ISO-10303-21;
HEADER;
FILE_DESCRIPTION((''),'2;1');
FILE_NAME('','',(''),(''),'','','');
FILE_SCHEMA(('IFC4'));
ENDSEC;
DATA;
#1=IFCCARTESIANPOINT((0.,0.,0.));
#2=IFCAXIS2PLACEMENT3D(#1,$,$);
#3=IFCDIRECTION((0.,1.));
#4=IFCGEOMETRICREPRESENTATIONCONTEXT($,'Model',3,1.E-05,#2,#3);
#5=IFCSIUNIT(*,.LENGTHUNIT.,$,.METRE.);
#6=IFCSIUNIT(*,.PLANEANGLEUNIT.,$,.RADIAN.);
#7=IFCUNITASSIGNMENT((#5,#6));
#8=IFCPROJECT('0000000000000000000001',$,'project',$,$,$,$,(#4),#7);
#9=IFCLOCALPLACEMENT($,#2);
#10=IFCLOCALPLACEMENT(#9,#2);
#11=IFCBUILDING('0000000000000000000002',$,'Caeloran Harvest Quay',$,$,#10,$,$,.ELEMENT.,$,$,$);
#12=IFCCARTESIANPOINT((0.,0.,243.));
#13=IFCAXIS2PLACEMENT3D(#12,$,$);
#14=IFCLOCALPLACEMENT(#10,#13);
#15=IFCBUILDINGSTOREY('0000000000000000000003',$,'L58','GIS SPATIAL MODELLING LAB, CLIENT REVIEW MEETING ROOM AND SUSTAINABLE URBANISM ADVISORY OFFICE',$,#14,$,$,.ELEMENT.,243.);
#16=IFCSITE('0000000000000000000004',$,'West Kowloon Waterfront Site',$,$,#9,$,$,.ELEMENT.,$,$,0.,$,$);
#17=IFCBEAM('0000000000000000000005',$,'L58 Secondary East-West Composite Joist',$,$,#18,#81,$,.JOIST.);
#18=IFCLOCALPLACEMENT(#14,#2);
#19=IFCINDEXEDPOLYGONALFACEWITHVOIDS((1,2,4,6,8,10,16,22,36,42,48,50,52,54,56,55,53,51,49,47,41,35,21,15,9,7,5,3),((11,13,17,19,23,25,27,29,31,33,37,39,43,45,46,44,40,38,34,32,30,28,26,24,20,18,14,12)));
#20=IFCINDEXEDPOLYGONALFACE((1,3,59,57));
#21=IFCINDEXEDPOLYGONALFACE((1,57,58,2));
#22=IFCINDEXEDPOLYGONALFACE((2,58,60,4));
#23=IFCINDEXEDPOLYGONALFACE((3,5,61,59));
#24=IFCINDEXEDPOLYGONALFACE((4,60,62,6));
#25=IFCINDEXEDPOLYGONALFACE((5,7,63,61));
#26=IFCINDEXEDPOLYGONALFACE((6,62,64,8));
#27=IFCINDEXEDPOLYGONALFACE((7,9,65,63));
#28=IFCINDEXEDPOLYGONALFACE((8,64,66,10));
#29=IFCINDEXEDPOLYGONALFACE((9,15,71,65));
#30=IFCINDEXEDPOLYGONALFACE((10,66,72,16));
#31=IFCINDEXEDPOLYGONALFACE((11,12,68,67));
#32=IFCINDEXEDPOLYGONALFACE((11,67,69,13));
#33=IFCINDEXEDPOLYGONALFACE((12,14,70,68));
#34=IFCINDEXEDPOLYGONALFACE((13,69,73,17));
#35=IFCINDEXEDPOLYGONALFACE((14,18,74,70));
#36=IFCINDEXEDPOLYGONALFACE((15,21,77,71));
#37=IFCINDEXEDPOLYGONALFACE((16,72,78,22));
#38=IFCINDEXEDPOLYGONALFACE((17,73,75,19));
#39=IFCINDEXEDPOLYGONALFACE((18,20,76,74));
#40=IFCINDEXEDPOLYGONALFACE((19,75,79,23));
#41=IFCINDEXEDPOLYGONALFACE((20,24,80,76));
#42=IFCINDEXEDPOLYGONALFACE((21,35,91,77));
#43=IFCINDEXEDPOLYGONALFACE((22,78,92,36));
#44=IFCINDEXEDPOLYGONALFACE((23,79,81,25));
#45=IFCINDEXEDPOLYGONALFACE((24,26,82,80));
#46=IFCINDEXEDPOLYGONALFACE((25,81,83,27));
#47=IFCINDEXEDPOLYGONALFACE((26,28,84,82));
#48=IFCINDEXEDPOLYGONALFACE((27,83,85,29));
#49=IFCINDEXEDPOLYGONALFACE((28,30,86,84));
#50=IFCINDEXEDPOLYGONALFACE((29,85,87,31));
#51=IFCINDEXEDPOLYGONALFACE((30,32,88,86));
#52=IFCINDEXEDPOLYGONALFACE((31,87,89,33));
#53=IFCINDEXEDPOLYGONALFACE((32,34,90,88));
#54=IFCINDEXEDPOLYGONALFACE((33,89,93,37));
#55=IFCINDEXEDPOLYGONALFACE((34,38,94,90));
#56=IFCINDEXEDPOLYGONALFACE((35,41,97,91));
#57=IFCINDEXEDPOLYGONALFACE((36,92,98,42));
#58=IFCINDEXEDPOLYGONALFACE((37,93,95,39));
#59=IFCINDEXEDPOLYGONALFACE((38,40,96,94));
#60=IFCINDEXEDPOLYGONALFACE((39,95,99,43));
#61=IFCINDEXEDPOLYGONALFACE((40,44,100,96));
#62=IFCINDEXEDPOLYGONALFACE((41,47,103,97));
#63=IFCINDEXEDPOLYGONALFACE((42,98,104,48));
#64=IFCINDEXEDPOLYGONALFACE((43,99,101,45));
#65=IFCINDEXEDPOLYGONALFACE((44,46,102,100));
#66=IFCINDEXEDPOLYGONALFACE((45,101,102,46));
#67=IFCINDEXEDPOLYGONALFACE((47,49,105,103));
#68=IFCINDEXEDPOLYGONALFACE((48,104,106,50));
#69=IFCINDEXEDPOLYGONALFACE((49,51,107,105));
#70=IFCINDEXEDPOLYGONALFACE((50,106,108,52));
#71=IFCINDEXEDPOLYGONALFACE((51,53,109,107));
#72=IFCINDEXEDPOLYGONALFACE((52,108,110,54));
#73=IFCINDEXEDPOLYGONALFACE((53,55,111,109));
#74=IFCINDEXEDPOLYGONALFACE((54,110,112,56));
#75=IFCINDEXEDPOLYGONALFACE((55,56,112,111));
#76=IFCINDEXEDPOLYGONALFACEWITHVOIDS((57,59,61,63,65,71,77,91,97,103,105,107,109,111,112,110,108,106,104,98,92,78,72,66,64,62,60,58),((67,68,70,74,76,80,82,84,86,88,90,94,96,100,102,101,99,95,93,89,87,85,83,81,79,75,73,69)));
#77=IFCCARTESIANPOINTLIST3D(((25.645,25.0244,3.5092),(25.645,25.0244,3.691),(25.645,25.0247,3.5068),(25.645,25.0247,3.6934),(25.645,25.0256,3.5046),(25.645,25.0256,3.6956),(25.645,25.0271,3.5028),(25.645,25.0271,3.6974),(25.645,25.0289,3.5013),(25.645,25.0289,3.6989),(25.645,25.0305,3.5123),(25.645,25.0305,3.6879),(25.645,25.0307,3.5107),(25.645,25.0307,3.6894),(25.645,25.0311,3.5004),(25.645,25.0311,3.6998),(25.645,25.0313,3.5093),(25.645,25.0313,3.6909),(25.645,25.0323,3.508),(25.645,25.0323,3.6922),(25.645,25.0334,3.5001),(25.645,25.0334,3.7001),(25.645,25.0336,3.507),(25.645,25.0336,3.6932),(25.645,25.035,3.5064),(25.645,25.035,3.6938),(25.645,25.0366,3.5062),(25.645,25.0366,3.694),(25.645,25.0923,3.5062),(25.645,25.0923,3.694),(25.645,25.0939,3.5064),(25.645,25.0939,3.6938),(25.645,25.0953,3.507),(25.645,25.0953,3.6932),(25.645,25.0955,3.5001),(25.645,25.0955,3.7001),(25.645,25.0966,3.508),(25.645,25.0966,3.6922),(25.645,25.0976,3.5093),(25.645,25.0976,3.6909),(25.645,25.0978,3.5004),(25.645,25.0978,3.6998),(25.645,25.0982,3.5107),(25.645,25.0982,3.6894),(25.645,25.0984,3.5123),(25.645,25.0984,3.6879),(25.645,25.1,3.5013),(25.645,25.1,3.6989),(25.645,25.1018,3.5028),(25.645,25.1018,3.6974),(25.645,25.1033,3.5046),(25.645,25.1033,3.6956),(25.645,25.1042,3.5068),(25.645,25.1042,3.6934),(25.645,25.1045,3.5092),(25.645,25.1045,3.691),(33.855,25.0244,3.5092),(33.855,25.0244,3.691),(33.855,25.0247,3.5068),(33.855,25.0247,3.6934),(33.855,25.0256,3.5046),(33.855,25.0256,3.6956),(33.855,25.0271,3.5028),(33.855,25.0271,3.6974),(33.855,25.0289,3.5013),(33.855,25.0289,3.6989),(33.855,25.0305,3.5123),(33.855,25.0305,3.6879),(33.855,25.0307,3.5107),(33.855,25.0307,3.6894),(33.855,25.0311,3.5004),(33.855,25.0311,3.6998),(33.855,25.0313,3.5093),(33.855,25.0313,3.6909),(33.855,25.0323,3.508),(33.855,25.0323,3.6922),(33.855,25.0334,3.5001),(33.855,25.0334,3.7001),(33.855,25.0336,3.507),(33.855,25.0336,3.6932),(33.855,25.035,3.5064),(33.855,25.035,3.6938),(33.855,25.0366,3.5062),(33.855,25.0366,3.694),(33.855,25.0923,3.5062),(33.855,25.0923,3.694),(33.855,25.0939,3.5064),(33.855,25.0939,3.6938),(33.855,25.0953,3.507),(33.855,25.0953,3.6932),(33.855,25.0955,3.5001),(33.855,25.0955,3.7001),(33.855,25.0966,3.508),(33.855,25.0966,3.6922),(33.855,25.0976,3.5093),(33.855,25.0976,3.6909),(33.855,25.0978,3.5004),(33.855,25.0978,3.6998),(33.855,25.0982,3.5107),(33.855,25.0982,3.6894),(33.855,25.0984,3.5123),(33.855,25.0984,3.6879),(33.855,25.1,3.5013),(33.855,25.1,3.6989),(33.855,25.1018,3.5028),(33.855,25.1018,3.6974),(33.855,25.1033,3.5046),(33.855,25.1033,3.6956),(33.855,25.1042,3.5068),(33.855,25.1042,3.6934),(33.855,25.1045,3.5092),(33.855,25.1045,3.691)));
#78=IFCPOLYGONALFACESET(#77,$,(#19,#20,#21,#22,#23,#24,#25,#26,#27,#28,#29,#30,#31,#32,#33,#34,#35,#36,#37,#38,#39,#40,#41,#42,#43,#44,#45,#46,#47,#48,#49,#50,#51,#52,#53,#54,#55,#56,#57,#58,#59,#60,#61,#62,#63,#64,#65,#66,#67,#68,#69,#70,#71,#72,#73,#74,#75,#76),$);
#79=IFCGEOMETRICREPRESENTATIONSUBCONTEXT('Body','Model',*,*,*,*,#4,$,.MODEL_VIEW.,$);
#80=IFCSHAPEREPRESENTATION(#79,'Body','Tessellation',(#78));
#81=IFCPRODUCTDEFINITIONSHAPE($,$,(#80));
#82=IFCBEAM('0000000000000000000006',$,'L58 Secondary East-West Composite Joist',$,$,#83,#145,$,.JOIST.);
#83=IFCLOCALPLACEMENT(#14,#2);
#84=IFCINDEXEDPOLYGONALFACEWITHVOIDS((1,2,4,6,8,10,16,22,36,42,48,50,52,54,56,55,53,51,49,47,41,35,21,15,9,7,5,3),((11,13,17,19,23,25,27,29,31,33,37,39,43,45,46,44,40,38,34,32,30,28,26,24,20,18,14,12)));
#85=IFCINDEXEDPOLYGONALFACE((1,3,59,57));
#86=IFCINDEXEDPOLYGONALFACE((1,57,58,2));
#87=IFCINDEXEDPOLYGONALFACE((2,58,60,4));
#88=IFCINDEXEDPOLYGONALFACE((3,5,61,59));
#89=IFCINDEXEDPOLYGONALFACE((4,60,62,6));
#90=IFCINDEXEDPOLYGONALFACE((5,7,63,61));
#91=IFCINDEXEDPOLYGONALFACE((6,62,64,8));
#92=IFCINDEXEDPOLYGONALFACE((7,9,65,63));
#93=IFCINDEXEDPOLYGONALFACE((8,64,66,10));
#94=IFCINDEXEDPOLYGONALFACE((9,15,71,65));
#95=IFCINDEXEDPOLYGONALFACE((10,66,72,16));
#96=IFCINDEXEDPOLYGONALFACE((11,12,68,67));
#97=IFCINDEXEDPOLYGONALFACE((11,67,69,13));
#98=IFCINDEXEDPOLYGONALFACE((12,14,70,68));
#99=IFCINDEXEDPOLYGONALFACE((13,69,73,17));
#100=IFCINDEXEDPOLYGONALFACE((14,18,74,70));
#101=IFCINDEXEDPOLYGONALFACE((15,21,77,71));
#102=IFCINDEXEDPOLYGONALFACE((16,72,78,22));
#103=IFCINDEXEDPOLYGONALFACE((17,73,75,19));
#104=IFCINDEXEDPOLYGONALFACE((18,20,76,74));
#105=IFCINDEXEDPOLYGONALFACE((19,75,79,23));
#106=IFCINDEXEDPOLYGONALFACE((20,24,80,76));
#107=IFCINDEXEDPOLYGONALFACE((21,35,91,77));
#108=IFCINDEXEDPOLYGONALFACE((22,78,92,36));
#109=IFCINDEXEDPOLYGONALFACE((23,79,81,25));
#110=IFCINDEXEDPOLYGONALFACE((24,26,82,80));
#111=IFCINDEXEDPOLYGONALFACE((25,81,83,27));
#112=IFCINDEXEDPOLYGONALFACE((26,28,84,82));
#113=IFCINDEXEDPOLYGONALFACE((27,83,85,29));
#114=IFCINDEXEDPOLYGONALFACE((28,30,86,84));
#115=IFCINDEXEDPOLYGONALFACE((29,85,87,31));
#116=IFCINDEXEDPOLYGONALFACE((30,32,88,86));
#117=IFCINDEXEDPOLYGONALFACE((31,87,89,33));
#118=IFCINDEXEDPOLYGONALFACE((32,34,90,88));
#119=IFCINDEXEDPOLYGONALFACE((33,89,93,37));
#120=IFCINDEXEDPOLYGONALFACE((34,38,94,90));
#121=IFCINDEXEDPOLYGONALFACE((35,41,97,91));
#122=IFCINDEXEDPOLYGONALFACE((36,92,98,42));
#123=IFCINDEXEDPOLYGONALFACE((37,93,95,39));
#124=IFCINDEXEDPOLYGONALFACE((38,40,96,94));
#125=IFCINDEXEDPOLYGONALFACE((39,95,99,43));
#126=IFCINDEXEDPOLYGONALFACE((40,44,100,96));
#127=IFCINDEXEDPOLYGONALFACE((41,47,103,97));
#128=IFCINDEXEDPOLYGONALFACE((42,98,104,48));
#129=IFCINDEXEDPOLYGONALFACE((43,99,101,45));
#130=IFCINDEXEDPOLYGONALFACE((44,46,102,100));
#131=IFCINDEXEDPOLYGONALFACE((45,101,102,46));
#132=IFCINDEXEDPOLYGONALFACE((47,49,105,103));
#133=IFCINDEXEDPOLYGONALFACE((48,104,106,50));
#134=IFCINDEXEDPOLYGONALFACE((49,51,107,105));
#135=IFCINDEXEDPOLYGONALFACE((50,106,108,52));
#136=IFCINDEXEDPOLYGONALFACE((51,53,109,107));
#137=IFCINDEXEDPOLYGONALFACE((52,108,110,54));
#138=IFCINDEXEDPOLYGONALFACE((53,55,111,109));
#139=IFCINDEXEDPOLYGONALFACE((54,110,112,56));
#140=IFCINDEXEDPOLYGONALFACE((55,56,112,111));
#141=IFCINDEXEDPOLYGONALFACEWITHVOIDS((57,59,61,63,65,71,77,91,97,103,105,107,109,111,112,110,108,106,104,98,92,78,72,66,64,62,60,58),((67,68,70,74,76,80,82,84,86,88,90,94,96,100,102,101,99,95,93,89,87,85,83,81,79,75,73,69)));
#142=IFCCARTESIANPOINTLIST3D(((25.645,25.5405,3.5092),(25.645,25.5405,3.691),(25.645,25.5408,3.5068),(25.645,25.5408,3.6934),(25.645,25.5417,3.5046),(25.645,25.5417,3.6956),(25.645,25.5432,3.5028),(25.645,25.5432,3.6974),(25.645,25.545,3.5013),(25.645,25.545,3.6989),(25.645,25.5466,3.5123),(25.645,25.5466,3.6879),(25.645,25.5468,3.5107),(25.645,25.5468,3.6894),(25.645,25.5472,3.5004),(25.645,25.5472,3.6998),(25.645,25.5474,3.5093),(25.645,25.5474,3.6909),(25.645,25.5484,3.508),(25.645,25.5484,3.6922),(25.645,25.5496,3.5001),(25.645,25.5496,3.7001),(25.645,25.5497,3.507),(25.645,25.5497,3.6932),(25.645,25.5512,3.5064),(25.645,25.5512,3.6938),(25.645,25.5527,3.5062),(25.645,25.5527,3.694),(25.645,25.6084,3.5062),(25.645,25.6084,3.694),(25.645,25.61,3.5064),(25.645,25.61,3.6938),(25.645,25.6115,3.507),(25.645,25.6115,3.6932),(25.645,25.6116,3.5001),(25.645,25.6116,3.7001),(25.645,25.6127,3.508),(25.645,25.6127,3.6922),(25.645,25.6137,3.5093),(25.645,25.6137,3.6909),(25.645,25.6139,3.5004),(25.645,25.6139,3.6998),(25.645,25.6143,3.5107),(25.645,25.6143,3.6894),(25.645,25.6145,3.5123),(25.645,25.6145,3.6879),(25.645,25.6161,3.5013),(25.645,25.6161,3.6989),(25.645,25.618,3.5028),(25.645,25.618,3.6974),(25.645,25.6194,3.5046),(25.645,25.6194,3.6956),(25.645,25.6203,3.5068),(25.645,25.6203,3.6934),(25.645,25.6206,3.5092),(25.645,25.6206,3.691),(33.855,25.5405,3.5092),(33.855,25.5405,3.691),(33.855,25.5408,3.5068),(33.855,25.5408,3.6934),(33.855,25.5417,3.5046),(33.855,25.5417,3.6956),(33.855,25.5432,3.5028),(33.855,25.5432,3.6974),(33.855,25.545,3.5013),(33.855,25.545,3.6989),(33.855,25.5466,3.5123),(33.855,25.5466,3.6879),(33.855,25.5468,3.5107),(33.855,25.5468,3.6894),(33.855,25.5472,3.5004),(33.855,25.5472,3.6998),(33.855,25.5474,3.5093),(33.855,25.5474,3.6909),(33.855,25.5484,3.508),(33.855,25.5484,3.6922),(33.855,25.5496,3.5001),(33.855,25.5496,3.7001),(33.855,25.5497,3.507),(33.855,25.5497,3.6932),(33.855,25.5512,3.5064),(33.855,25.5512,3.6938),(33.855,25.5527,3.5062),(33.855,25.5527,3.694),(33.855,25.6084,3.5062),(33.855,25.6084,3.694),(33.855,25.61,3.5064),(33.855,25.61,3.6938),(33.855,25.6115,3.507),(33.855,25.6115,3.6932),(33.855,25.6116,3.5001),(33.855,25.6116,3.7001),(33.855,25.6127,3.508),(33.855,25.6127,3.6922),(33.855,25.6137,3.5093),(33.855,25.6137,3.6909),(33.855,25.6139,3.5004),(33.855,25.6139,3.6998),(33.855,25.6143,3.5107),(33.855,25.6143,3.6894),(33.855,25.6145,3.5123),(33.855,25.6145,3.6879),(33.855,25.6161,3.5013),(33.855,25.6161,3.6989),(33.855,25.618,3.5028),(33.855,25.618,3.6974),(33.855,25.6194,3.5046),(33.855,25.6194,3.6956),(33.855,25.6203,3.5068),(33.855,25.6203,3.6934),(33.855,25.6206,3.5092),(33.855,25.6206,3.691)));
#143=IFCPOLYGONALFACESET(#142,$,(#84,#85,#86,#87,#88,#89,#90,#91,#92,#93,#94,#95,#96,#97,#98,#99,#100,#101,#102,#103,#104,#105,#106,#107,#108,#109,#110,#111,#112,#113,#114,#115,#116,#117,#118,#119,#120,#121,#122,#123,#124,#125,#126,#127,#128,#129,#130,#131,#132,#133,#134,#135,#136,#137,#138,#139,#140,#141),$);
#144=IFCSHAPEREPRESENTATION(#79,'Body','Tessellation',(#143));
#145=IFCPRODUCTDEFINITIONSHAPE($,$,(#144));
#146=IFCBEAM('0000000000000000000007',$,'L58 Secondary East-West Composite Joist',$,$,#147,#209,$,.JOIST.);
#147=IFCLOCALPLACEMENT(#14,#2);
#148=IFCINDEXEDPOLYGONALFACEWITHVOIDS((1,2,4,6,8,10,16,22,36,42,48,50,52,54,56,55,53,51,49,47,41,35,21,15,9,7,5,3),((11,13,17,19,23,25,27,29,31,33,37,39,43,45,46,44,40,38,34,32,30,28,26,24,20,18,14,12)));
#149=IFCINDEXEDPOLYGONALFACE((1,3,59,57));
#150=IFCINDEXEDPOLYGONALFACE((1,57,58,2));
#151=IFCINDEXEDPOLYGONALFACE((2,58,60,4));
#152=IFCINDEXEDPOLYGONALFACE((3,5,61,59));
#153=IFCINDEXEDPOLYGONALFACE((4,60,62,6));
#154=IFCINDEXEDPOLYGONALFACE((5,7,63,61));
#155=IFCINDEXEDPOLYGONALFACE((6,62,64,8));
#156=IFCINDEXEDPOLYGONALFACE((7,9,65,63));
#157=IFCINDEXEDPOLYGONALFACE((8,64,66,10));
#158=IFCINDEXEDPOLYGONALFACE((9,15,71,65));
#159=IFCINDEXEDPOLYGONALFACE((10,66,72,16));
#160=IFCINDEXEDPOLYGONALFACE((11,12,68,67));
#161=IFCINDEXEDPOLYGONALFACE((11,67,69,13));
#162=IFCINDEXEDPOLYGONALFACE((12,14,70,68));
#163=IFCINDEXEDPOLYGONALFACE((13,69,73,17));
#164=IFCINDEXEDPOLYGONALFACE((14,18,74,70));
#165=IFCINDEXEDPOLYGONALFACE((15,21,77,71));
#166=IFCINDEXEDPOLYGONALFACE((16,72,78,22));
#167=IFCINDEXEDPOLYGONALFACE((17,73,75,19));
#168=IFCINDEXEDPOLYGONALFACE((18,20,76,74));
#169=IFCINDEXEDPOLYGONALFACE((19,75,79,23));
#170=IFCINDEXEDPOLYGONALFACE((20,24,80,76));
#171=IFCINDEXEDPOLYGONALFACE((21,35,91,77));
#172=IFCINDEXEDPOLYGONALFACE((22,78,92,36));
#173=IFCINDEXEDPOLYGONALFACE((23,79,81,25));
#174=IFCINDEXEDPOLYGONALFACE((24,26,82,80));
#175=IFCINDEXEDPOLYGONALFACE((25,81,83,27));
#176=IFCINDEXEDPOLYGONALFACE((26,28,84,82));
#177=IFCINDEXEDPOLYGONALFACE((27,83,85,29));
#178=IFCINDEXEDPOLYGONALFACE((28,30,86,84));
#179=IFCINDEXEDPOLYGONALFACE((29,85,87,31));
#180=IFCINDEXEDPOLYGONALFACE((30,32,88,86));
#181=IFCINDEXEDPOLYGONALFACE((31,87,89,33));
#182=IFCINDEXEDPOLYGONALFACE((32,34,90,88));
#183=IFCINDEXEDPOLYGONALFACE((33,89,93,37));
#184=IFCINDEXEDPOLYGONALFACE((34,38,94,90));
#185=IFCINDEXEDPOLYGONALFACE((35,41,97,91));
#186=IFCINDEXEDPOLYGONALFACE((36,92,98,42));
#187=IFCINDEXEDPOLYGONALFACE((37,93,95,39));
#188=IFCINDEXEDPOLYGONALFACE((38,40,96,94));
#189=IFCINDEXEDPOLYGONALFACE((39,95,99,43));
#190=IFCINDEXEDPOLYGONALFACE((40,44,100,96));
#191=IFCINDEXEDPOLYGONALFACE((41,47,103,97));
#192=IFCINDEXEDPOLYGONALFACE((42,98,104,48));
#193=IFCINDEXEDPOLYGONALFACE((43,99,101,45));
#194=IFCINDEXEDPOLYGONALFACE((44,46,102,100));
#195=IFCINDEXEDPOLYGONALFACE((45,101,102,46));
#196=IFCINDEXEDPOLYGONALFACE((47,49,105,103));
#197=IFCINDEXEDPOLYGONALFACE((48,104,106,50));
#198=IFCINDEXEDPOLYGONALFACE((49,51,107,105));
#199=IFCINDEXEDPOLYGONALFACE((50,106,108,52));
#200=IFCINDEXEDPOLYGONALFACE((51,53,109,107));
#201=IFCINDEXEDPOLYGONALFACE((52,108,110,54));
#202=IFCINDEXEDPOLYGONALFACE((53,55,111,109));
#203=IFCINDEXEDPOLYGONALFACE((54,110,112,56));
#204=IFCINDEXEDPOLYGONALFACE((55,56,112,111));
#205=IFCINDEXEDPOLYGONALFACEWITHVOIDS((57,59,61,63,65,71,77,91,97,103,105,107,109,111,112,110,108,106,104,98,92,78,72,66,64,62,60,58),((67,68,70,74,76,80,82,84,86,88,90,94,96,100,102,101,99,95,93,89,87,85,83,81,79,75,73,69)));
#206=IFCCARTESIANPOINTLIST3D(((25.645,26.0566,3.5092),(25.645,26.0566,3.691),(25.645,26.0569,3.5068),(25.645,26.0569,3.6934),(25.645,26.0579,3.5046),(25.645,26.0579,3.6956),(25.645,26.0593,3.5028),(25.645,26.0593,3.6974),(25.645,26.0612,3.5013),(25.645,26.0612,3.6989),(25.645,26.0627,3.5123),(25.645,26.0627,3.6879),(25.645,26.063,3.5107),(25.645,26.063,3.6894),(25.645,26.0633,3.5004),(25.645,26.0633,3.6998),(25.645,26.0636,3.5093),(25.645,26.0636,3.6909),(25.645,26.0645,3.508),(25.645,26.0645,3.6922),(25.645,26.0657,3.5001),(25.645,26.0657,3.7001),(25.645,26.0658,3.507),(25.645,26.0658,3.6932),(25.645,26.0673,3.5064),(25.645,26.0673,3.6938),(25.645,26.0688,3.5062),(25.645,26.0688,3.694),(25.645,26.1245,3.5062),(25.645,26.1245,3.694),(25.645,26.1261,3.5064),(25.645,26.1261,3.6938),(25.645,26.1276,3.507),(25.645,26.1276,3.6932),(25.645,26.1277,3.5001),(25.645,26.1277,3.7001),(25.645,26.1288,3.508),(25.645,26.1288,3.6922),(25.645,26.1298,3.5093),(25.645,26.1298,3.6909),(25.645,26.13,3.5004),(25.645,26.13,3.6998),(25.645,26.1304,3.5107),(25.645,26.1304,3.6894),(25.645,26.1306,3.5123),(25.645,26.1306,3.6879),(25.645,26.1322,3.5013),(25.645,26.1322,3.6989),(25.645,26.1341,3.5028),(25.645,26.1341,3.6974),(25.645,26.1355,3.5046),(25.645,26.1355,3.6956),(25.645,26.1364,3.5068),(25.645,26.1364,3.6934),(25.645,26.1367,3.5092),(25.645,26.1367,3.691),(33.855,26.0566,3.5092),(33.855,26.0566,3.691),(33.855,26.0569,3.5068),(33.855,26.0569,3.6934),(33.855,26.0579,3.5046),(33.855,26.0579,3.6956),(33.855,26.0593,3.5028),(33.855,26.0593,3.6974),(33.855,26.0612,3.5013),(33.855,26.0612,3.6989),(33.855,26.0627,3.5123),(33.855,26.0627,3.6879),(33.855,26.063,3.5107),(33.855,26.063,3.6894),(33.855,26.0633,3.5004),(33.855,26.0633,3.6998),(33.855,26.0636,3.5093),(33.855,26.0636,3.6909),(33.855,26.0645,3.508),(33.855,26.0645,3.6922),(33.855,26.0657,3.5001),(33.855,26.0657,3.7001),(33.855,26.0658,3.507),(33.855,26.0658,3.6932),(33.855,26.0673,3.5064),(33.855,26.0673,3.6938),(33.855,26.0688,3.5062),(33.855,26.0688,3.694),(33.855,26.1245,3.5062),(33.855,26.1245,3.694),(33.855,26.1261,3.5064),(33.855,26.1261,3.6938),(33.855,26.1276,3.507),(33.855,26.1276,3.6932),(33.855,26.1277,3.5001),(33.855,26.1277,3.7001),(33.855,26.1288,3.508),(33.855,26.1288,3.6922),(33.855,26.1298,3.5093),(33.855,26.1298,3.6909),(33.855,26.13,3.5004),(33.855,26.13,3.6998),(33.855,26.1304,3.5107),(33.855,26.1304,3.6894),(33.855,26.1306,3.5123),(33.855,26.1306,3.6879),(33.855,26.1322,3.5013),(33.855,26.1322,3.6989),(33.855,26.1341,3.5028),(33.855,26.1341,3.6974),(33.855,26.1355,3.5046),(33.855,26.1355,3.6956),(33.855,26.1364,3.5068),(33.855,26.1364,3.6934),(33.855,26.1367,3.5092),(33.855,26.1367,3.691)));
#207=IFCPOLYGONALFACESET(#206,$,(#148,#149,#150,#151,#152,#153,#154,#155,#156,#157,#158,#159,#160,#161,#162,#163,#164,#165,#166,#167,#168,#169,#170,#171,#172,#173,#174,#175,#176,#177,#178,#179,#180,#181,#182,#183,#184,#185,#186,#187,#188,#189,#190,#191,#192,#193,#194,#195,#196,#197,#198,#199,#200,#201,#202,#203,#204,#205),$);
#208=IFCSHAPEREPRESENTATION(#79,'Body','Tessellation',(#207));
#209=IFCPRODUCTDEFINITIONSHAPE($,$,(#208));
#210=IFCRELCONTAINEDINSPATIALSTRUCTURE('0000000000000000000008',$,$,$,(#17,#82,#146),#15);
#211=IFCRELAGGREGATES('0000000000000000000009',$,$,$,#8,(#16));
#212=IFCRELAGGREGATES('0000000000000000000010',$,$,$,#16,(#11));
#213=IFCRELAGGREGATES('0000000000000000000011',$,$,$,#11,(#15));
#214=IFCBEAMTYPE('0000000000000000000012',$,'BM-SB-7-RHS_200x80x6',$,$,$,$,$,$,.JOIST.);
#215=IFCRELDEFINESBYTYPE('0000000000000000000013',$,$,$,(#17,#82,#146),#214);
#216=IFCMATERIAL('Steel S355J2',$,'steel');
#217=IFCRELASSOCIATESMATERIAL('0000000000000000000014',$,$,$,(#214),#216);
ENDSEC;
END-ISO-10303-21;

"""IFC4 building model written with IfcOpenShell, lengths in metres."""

from ifc_helpers import new_model, si_unit, direction, frame, origin, origin_2d, place, context, subcontext, project, spatial, hollow_rectangle, extrude, material, material_profile, profile_set, type_object, element, save


model = new_model("IFC4")

# Units and contexts
model_context = context("Model", 3, precision=1e-05, world=origin(), true_north=direction((0.0, 1.0)))
body_context = subcontext(model_context, "Body", "Model", "MODEL_VIEW")
ifc_project = project(units=[si_unit("LENGTHUNIT", "METRE"), si_unit("PLANEANGLEUNIT", "RADIAN")], contexts=[model_context])

# Site, building, storey
site_placement = place(None, origin())
site = spatial("IfcSite", under=ifc_project, at=site_placement, Name="West Kowloon Waterfront Site", CompositionType="ELEMENT", RefElevation=0.0)
building_placement = place(site_placement, origin())
building = spatial("IfcBuilding", under=site, at=building_placement, Name="Caeloran Harvest Quay", CompositionType="ELEMENT")
storey_placement = place(building_placement, frame((0.0, 0.0, 243.0)))
storey = spatial("IfcBuildingStorey", under=building, at=storey_placement, Name="L58", Description="GIS SPATIAL MODELLING LAB, CLIENT REVIEW MEETING ROOM AND SUSTAINABLE URBANISM ADVISORY OFFICE", CompositionType="ELEMENT", Elevation=243.0)

# Beams
ifc_material = material(Name="Steel S355J2", Category="steel")
ifc_material_profile_1 = material_profile(ifc_material, hollow_rectangle(XDim=0.0801, YDim=0.2, WallThickness=0.0061, InnerFilletRadius=0.0061, OuterFilletRadius=0.009, at=origin_2d()), Name="RHS 200x80x6")
ifc_profile_set_1 = profile_set([ifc_material_profile_1], Name="Steel S355J2")
beam_type_1 = type_object("IfcBeamType", Name="BM-SB-7-RHS_200x80x6", PredefinedType="JOIST", material=ifc_profile_set_1)
for number, where, z_axis, x_axis, name in (
    (1, (25.645, 25.0645, 3.6001), (1.0, 0.0, 0.0), (0.0, 1.0, 0.0), "L58 Secondary East-West Composite Joist"),
    (2, (25.645, 25.5806, 3.6001), (1.0, 0.0, 0.0), (0.0, 1.0, 0.0), "L58 Secondary East-West Composite Joist"),
    (3, (25.645, 26.0967, 3.6001), (1.0, 0.0, 0.0), (0.0, 1.0, 0.0), "L58 Secondary East-West Composite Joist"),
):
    element("IfcBeam", number, at=place(storey_placement, frame(where, z_axis=z_axis, x_axis=x_axis)), inside=storey, type_object=beam_type_1, Name=name, PredefinedType="JOIST", context=body_context, shape_type="SweptSolid", body=[
        extrude(hollow_rectangle(XDim=0.0801, YDim=0.2, WallThickness=0.0061, InnerFilletRadius=0.0061, OuterFilletRadius=0.009, at=origin_2d()), origin(), (0.0, 0.0, 1.0), 8.21),
    ])

save(model, "model.ifc")
